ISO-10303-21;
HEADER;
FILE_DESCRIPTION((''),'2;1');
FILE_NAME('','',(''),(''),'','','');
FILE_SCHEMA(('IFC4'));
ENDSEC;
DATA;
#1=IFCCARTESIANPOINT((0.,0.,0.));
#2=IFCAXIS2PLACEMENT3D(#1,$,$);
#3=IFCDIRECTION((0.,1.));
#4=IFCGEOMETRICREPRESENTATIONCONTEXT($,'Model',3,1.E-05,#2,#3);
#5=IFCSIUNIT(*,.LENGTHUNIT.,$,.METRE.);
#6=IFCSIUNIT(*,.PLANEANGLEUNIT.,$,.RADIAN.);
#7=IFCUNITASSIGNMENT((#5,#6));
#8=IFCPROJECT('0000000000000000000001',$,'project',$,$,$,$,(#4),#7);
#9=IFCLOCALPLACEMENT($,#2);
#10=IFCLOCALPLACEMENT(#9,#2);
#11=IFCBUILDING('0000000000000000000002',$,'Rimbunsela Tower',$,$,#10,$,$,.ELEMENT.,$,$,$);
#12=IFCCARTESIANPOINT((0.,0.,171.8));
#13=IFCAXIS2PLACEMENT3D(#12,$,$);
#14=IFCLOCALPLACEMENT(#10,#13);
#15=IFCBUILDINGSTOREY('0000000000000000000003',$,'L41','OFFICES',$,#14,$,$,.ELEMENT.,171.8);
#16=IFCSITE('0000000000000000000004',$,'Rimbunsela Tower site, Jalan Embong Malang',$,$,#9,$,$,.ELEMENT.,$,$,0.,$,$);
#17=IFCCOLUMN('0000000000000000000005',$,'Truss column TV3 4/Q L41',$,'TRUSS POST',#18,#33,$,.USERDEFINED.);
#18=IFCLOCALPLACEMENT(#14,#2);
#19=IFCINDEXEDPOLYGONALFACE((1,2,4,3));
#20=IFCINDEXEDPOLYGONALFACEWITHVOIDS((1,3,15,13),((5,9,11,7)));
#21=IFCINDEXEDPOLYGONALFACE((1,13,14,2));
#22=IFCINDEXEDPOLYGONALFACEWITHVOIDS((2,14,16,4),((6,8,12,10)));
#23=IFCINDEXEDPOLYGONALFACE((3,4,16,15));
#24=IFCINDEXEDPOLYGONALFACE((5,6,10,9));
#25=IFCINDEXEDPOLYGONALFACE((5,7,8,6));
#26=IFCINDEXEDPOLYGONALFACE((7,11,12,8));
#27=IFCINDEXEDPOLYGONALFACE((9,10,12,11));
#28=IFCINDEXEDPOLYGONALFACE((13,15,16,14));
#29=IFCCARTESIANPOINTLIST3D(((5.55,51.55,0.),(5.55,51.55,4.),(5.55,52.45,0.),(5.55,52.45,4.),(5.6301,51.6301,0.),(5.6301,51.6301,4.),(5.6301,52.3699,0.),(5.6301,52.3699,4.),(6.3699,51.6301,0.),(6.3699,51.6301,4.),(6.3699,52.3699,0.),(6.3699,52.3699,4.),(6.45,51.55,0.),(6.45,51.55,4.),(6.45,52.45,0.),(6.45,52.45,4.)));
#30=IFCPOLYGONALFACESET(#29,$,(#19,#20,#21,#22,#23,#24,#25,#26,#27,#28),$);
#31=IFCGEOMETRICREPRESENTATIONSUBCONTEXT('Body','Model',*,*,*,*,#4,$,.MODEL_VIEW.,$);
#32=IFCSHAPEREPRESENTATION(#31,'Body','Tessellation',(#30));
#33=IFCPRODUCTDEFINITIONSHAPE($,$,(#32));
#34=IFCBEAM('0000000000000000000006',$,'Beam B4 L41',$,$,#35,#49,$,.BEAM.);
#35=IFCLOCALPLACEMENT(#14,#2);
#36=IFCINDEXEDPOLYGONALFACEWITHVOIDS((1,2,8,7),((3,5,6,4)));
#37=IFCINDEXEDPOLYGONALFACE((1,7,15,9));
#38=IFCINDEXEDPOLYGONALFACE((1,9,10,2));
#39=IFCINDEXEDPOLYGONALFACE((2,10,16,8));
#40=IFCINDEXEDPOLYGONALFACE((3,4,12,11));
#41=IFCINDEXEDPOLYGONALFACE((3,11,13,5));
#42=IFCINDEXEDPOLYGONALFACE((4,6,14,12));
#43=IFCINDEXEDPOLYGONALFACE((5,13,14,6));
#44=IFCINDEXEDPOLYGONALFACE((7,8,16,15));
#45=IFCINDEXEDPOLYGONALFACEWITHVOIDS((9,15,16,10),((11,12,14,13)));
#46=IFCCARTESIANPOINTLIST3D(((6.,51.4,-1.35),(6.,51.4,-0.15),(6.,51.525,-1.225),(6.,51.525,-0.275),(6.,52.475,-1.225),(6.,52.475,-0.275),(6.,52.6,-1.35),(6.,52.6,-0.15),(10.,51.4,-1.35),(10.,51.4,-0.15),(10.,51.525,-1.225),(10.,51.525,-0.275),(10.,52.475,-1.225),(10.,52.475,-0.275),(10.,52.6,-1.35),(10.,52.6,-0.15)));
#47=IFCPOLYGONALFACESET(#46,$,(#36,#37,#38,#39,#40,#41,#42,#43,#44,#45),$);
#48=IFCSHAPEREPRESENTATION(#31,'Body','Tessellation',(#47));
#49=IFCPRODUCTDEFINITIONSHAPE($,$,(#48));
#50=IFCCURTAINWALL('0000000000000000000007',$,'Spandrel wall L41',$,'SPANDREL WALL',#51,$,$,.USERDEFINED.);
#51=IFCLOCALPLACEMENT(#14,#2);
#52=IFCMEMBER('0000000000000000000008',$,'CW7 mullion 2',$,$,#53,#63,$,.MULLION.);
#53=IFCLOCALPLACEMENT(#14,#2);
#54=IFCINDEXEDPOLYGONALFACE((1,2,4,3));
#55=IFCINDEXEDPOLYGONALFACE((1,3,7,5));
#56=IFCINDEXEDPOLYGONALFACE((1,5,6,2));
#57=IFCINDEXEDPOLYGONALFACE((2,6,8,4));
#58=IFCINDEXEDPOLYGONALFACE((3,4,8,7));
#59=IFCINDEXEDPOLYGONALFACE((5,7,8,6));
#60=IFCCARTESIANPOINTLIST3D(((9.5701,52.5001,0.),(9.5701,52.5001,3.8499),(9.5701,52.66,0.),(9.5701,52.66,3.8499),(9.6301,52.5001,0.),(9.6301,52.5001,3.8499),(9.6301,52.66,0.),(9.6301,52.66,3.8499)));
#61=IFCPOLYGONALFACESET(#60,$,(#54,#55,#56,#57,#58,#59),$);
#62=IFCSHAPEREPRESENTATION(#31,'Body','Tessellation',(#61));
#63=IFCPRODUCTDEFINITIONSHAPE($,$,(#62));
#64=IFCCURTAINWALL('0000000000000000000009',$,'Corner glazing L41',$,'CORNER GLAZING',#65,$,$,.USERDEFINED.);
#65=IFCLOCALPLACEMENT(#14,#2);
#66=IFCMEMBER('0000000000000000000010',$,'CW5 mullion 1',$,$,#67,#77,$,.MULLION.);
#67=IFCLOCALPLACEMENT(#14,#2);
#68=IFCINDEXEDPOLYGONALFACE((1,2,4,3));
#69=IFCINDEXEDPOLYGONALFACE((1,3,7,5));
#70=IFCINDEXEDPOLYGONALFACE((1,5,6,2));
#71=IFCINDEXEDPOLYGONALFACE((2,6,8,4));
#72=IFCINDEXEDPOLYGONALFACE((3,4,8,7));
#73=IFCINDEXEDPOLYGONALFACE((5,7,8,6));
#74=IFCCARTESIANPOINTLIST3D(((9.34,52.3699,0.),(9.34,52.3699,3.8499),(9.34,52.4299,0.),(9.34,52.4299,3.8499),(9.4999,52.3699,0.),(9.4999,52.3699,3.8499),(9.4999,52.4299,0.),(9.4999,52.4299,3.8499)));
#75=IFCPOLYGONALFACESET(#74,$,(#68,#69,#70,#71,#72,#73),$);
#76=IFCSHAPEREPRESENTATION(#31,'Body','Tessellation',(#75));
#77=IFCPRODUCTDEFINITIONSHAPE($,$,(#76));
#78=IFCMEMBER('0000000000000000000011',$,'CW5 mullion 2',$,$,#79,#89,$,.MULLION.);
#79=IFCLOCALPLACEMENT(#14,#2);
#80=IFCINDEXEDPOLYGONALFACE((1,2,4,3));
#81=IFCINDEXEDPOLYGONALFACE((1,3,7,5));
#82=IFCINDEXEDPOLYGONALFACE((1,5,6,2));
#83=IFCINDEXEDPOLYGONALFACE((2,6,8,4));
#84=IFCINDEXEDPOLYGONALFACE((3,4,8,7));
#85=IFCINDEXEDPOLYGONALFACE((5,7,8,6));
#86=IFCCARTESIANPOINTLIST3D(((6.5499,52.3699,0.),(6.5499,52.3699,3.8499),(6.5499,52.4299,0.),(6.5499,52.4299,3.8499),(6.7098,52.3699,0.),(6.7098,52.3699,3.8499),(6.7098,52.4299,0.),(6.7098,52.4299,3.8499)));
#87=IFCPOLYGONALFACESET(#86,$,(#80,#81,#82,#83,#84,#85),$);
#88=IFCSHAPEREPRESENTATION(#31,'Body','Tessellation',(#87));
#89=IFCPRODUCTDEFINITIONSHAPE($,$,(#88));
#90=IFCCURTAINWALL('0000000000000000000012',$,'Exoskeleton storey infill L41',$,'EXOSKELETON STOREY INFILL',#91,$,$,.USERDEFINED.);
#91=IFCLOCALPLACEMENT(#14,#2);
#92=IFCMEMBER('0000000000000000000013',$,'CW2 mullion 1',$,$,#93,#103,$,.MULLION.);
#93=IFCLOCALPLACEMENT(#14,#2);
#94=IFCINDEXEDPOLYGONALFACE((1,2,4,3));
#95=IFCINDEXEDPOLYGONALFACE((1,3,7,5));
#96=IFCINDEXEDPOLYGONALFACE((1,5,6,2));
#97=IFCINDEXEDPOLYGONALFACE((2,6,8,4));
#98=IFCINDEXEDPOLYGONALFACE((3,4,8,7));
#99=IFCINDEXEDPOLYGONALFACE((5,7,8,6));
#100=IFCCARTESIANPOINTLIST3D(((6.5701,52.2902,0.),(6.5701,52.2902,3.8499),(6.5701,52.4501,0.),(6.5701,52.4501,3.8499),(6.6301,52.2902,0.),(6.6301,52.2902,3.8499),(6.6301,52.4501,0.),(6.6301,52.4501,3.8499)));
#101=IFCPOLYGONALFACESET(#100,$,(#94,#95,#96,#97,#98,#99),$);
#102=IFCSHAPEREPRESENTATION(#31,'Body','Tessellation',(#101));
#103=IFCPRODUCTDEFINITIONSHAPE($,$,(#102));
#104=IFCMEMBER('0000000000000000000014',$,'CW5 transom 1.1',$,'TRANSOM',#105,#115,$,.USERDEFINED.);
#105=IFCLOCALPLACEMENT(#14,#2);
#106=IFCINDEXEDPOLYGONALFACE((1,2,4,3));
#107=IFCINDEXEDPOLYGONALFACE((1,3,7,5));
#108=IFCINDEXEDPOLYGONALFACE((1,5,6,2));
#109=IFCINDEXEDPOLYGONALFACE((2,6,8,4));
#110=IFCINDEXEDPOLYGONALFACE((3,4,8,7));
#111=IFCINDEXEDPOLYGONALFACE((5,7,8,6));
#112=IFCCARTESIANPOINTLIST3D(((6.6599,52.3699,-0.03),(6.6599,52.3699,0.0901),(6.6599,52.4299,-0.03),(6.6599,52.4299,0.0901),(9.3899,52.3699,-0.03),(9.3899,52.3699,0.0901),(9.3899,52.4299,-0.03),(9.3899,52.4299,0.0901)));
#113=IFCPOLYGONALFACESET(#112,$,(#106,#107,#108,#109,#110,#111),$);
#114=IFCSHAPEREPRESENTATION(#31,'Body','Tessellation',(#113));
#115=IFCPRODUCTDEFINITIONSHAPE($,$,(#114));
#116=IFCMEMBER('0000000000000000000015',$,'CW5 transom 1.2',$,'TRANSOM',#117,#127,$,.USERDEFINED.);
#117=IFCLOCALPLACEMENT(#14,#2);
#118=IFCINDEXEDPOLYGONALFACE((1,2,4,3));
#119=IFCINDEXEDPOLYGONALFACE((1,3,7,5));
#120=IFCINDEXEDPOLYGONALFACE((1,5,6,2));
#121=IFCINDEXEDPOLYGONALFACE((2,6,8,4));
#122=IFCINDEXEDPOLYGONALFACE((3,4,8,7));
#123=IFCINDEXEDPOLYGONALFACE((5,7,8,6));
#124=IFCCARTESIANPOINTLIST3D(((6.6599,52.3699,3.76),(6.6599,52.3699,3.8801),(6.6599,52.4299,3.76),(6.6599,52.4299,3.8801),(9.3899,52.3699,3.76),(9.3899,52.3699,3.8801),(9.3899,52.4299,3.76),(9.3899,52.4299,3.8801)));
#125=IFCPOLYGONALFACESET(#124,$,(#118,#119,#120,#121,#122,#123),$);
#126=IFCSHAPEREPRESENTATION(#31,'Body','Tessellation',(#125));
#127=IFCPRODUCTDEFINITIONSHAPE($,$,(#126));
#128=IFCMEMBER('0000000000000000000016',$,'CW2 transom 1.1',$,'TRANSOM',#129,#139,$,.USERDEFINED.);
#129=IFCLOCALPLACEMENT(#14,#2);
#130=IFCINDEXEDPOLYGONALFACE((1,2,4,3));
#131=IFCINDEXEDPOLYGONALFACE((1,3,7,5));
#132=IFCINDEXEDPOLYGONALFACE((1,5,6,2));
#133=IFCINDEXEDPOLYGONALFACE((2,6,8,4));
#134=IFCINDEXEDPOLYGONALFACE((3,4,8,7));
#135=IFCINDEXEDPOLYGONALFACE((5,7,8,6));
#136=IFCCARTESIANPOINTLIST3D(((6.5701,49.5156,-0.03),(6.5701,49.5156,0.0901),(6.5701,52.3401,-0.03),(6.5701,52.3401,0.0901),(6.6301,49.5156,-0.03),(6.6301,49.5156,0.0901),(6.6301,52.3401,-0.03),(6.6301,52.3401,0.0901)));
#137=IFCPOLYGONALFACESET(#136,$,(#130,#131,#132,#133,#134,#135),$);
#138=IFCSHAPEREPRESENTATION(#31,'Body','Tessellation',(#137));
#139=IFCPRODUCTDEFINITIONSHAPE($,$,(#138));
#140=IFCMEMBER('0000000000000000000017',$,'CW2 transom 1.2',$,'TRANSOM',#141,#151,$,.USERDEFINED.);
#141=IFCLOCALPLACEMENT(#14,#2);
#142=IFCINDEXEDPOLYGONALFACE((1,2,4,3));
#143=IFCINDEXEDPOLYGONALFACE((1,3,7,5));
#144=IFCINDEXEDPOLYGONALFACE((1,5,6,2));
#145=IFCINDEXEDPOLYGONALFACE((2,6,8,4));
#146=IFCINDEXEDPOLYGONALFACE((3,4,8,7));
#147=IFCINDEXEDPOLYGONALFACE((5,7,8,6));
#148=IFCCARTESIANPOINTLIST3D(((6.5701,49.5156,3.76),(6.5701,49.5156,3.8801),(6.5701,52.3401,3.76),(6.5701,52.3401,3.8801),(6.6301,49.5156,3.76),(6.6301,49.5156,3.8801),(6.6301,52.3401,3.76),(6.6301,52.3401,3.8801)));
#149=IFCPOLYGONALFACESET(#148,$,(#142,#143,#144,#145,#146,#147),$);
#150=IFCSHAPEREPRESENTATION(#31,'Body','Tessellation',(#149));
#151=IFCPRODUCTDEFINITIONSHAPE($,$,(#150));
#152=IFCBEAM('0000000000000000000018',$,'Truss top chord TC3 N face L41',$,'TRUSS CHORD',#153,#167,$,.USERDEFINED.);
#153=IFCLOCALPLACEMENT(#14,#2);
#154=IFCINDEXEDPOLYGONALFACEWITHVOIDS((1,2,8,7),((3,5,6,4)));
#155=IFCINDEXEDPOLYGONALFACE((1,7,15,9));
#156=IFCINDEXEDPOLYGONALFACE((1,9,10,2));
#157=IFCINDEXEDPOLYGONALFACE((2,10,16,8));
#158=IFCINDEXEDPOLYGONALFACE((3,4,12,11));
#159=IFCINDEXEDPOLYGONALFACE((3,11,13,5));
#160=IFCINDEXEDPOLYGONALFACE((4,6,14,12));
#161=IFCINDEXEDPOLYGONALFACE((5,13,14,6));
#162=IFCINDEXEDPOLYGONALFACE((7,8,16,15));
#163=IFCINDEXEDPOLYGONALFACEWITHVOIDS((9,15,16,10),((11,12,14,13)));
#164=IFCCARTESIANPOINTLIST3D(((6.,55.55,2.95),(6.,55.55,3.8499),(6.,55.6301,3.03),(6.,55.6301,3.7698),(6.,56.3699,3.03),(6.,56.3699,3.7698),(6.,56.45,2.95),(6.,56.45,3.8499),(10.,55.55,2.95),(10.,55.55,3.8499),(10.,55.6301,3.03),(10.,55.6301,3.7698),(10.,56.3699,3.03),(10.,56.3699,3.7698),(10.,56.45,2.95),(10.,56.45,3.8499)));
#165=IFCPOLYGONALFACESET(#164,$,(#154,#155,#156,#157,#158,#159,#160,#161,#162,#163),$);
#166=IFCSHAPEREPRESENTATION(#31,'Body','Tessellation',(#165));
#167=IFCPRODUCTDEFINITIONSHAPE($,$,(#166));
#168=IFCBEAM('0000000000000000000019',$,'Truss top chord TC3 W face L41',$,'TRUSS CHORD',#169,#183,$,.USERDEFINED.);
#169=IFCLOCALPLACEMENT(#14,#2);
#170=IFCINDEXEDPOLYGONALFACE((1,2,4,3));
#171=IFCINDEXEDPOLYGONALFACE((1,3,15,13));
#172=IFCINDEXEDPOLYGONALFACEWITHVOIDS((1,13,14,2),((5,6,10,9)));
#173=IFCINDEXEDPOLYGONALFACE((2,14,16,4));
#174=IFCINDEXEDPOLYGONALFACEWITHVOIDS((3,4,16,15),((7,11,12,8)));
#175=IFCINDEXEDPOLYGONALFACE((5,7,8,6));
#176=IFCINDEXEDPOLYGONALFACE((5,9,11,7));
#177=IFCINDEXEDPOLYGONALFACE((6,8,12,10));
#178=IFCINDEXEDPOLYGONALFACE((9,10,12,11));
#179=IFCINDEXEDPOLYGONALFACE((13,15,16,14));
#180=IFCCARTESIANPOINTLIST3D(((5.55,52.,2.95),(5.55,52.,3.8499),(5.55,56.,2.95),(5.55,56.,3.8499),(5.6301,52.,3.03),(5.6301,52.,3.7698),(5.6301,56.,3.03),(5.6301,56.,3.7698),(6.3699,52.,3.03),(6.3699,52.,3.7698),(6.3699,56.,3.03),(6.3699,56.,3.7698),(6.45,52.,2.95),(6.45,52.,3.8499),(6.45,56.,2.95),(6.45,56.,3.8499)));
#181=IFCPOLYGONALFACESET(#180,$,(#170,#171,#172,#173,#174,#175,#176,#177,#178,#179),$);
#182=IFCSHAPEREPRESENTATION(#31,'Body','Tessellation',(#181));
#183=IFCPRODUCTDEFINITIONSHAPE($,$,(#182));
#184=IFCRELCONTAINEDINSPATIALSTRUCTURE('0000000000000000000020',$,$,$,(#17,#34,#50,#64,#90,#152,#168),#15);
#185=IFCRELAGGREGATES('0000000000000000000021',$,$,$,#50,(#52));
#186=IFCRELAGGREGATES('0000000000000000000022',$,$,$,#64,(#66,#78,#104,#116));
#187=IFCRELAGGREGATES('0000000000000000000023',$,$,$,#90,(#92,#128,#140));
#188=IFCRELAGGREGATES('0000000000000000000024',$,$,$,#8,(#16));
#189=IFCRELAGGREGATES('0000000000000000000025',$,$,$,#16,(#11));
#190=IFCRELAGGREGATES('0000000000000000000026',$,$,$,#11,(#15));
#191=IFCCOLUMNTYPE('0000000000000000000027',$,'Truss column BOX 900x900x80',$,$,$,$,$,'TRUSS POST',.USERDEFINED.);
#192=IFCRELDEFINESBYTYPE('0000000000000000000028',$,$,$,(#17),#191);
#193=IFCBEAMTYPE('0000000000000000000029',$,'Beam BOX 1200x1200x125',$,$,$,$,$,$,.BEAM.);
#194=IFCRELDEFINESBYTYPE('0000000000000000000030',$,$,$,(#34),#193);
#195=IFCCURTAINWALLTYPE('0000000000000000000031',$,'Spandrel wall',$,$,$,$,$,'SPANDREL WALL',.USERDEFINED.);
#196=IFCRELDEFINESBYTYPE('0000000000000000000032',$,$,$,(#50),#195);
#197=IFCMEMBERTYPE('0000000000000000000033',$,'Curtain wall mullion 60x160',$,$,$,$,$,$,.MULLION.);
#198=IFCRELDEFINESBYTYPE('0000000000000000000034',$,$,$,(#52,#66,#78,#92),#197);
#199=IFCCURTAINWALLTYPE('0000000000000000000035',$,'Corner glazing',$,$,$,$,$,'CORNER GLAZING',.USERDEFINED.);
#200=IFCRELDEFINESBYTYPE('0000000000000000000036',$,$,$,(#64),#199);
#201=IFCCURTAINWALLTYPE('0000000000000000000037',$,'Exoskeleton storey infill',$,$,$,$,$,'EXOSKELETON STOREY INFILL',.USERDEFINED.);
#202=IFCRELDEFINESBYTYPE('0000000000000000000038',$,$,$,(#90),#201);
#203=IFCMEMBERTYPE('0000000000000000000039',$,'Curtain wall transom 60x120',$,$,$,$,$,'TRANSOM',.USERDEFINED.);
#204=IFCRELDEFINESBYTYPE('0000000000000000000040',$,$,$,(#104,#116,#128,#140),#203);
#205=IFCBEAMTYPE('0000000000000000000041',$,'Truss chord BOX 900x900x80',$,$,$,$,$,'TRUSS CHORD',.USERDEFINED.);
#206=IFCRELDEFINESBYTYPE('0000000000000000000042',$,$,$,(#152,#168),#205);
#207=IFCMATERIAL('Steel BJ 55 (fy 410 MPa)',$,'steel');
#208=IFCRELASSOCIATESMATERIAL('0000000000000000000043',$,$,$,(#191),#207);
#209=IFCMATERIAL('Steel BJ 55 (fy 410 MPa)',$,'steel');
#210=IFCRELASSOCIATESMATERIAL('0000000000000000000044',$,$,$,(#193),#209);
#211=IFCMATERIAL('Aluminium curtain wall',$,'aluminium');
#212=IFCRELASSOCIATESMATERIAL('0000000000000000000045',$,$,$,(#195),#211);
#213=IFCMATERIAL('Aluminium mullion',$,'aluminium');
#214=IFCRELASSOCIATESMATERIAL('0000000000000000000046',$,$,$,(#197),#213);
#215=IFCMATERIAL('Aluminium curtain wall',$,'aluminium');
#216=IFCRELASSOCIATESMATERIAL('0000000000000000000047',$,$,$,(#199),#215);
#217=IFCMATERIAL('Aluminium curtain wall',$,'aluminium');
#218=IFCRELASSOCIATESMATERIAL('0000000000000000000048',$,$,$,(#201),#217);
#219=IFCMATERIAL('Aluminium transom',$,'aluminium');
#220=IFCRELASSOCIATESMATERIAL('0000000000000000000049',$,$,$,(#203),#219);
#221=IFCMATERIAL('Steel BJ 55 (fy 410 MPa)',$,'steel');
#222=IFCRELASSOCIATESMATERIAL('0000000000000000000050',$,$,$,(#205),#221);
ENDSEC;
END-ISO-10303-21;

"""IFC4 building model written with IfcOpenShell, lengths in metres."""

from ifc_helpers import new_model, si_unit, direction, frame, origin, origin_2d, place, context, subcontext, project, spatial, rectangle, hollow_rectangle, extrude, material, material_profile, profile_set, type_object, element, aggregate, save


model = new_model("IFC4")

# Units and contexts
model_context = context("Model", 3, precision=1e-05, world=origin(), true_north=direction((0.0, 1.0)))
body_context = subcontext(model_context, "Body", "Model", "MODEL_VIEW")
ifc_project = project(units=[si_unit("LENGTHUNIT", "METRE"), si_unit("PLANEANGLEUNIT", "RADIAN")], contexts=[model_context])

# Site, building, storey
site_placement = place(None, origin())
site = spatial("IfcSite", under=ifc_project, at=site_placement, Name="Rimbunsela Tower site, Jalan Embong Malang", CompositionType="ELEMENT", RefElevation=0.0)
building_placement = place(site_placement, origin())
building = spatial("IfcBuilding", under=site, at=building_placement, Name="Rimbunsela Tower", CompositionType="ELEMENT")
storey_placement = place(building_placement, frame((0.0, 0.0, 171.8)))
storey = spatial("IfcBuildingStorey", under=building, at=storey_placement, Name="L41", Description="OFFICES", CompositionType="ELEMENT", Elevation=171.8)

# Column
ifc_material_1 = material(Name="Steel BJ 55 (fy 410 MPa)", Category="steel")
ifc_material_profile_1 = material_profile(ifc_material_1, hollow_rectangle(XDim=0.8999, YDim=0.8999, WallThickness=0.0801, at=origin_2d()), Name="BOX 900x900x80")
ifc_profile_set_1 = profile_set([ifc_material_profile_1], Name="Steel BJ 55 (fy 410 MPa)")
column_type = type_object("IfcColumnType", Name="Truss column BOX 900x900x80", ElementType="TRUSS POST", PredefinedType="USERDEFINED", material=ifc_profile_set_1)
column_placement = place(storey_placement, frame((6.0, 52.0, 0.0), z_axis=(0.0, 0.0, 1.0), x_axis=(1.0, 0.0, 0.0)))
element("IfcColumn", 1, at=column_placement, inside=storey, type_object=column_type, Name="Truss column TV3 4/Q L41", ObjectType="TRUSS POST", PredefinedType="USERDEFINED", context=body_context, shape_type="SweptSolid", body=[
    extrude(hollow_rectangle(XDim=0.8999, YDim=0.8999, WallThickness=0.0801, at=origin_2d()), origin(), (0.0, 0.0, 1.0), 4.0),
])

# Beam
ifc_material_2 = material(Name="Steel BJ 55 (fy 410 MPa)", Category="steel")
ifc_material_profile_2 = material_profile(ifc_material_2, hollow_rectangle(XDim=1.2, YDim=1.2, WallThickness=0.125, at=origin_2d()), Name="BOX 1200x1200x125")
ifc_profile_set_2 = profile_set([ifc_material_profile_2], Name="Steel BJ 55 (fy 410 MPa)")
beam_type_1 = type_object("IfcBeamType", Name="Beam BOX 1200x1200x125", PredefinedType="BEAM", material=ifc_profile_set_2)
beam_placement = place(storey_placement, frame((6.0, 52.0, -0.75), z_axis=(1.0, 0.0, 0.0), x_axis=(0.0, 1.0, 0.0)))
element("IfcBeam", 2, at=beam_placement, inside=storey, type_object=beam_type_1, Name="Beam B4 L41", PredefinedType="BEAM", context=body_context, shape_type="SweptSolid", body=[
    extrude(hollow_rectangle(XDim=1.2, YDim=1.2, WallThickness=0.125, at=origin_2d()), origin(), (0.0, 0.0, 1.0), 4.0),
])

# Curtain wall, member
ifc_material_3 = material(Name="Aluminium curtain wall", Category="aluminium")
curtain_wall_type_1 = type_object("IfcCurtainWallType", Name="Spandrel wall", ElementType="SPANDREL WALL", PredefinedType="USERDEFINED", material=ifc_material_3)
curtain_wall_1_placement = place(storey_placement, origin())
curtain_wall_1 = element("IfcCurtainWall", 3, at=curtain_wall_1_placement, inside=storey, type_object=curtain_wall_type_1, Name="Spandrel wall L41", ObjectType="SPANDREL WALL", PredefinedType="USERDEFINED")
ifc_material_4 = material(Name="Aluminium mullion", Category="aluminium")
ifc_material_profile_3 = material_profile(ifc_material_4, rectangle(XDim=0.0601, YDim=0.1599, at=origin_2d()), Name="Mullion 60x160")
ifc_profile_set_3 = profile_set([ifc_material_profile_3], Name="Aluminium mullion")
member_type_1 = type_object("IfcMemberType", Name="Curtain wall mullion 60x160", PredefinedType="MULLION", material=ifc_profile_set_3)
member_1_placement = place(storey_placement, frame((9.6001, 52.5801, 0.0), z_axis=(0.0, 0.0, 1.0), x_axis=(1.0, 0.0, 0.0)))
member_1 = element("IfcMember", 4, at=member_1_placement, type_object=member_type_1, Name="CW7 mullion 2", PredefinedType="MULLION", context=body_context, shape_type="SweptSolid", body=[
    extrude(rectangle(XDim=0.0601, YDim=0.1599, at=origin_2d()), origin(), (0.0, 0.0, 1.0), 3.8499),
])
aggregate(curtain_wall_1, [member_1])

# Curtain wall, members
ifc_material_5 = material(Name="Aluminium curtain wall", Category="aluminium")
curtain_wall_type_2 = type_object("IfcCurtainWallType", Name="Corner glazing", ElementType="CORNER GLAZING", PredefinedType="USERDEFINED", material=ifc_material_5)
curtain_wall_2_placement = place(storey_placement, origin())
curtain_wall_2 = element("IfcCurtainWall", 5, at=curtain_wall_2_placement, inside=storey, type_object=curtain_wall_type_2, Name="Corner glazing L41", ObjectType="CORNER GLAZING", PredefinedType="USERDEFINED")
member_2_placement = place(storey_placement, frame((9.4199, 52.3999, 0.0), z_axis=(0.0, 0.0, 1.0), x_axis=(0.0, -1.0, 0.0)))
member_2 = element("IfcMember", 6, at=member_2_placement, type_object=member_type_1, Name="CW5 mullion 1", PredefinedType="MULLION", context=body_context, shape_type="SweptSolid", body=[
    extrude(rectangle(XDim=0.0601, YDim=0.1599, at=origin_2d()), origin(), (0.0, 0.0, 1.0), 3.8499),
])
member_3_placement = place(storey_placement, frame((6.6299, 52.3999, 0.0), z_axis=(0.0, 0.0, 1.0), x_axis=(0.0, -1.0, 0.0)))
member_3 = element("IfcMember", 7, at=member_3_placement, type_object=member_type_1, Name="CW5 mullion 2", PredefinedType="MULLION", context=body_context, shape_type="SweptSolid", body=[
    extrude(rectangle(XDim=0.0601, YDim=0.1599, at=origin_2d()), origin(), (0.0, 0.0, 1.0), 3.8499),
])

# Curtain wall, member
ifc_material_6 = material(Name="Aluminium curtain wall", Category="aluminium")
curtain_wall_type_3 = type_object("IfcCurtainWallType", Name="Exoskeleton storey infill", ElementType="EXOSKELETON STOREY INFILL", PredefinedType="USERDEFINED", material=ifc_material_6)
curtain_wall_3_placement = place(storey_placement, origin())
curtain_wall_3 = element("IfcCurtainWall", 8, at=curtain_wall_3_placement, inside=storey, type_object=curtain_wall_type_3, Name="Exoskeleton storey infill L41", ObjectType="EXOSKELETON STOREY INFILL", PredefinedType="USERDEFINED")
member_4_placement = place(storey_placement, frame((6.6001, 52.3701, 0.0), z_axis=(0.0, 0.0, 1.0), x_axis=(1.0, 0.0, 0.0)))
member_4 = element("IfcMember", 9, at=member_4_placement, type_object=member_type_1, Name="CW2 mullion 1", PredefinedType="MULLION", context=body_context, shape_type="SweptSolid", body=[
    extrude(rectangle(XDim=0.0601, YDim=0.1599, at=origin_2d()), origin(), (0.0, 0.0, 1.0), 3.8499),
])

# Members
ifc_material_7 = material(Name="Aluminium transom", Category="aluminium")
ifc_material_profile_4 = material_profile(ifc_material_7, rectangle(XDim=0.0601, YDim=0.1201, at=origin_2d()), Name="Transom 60x120")
ifc_profile_set_4 = profile_set([ifc_material_profile_4], Name="Aluminium transom")
member_type_2 = type_object("IfcMemberType", Name="Curtain wall transom 60x120", ElementType="TRANSOM", PredefinedType="USERDEFINED", material=ifc_profile_set_4)
member_5_placement = place(storey_placement, frame((9.3899, 52.3999, 0.03), z_axis=(-1.0, 0.0, 0.0), x_axis=(0.0, -1.0, 0.0)))
member_5 = element("IfcMember", 10, at=member_5_placement, type_object=member_type_2, Name="CW5 transom 1.1", ObjectType="TRANSOM", PredefinedType="USERDEFINED", context=body_context, shape_type="SweptSolid", body=[
    extrude(rectangle(XDim=0.0601, YDim=0.1201, at=origin_2d()), origin(), (0.0, 0.0, 1.0), 2.73),
])
member_6_placement = place(storey_placement, frame((9.3899, 52.3999, 3.8201), z_axis=(-1.0, 0.0, 0.0), x_axis=(0.0, -1.0, 0.0)))
member_6 = element("IfcMember", 11, at=member_6_placement, type_object=member_type_2, Name="CW5 transom 1.2", ObjectType="TRANSOM", PredefinedType="USERDEFINED", context=body_context, shape_type="SweptSolid", body=[
    extrude(rectangle(XDim=0.0601, YDim=0.1201, at=origin_2d()), origin(), (0.0, 0.0, 1.0), 2.73),
])
member_7_placement = place(storey_placement, frame((6.6001, 52.3401, 0.03), z_axis=(0.0, -1.0, 0.0), x_axis=(1.0, 0.0, 0.0)))
member_7 = element("IfcMember", 12, at=member_7_placement, type_object=member_type_2, Name="CW2 transom 1.1", ObjectType="TRANSOM", PredefinedType="USERDEFINED", context=body_context, shape_type="SweptSolid", body=[
    extrude(rectangle(XDim=0.0601, YDim=0.1201, at=origin_2d()), origin(), (0.0, 0.0, 1.0), 2.8245),
])
member_8_placement = place(storey_placement, frame((6.6001, 52.3401, 3.8201), z_axis=(0.0, -1.0, 0.0), x_axis=(1.0, 0.0, 0.0)))
member_8 = element("IfcMember", 13, at=member_8_placement, type_object=member_type_2, Name="CW2 transom 1.2", ObjectType="TRANSOM", PredefinedType="USERDEFINED", context=body_context, shape_type="SweptSolid", body=[
    extrude(rectangle(XDim=0.0601, YDim=0.1201, at=origin_2d()), origin(), (0.0, 0.0, 1.0), 2.8245),
])

# Beams
ifc_material_8 = material(Name="Steel BJ 55 (fy 410 MPa)", Category="steel")
ifc_material_profile_5 = material_profile(ifc_material_8, hollow_rectangle(XDim=0.8999, YDim=0.8999, WallThickness=0.0801, at=origin_2d()), Name="BOX 900x900x80")
ifc_profile_set_5 = profile_set([ifc_material_profile_5], Name="Steel BJ 55 (fy 410 MPa)")
beam_type_2 = type_object("IfcBeamType", Name="Truss chord BOX 900x900x80", ElementType="TRUSS CHORD", PredefinedType="USERDEFINED", material=ifc_profile_set_5)
for number, where, z_axis, x_axis, name in (
    (14, (6.0, 56.0, 3.3999), (1.0, 0.0, 0.0), (0.0, 1.0, 0.0), "Truss top chord TC3 N face L41"),
    (15, (6.0, 52.0, 3.3999), (0.0, 1.0, 0.0), (-1.0, 0.0, 0.0), "Truss top chord TC3 W face L41"),
):
    element("IfcBeam", number, at=place(storey_placement, frame(where, z_axis=z_axis, x_axis=x_axis)), inside=storey, type_object=beam_type_2, Name=name, ObjectType="TRUSS CHORD", PredefinedType="USERDEFINED", context=body_context, shape_type="SweptSolid", body=[
        extrude(hollow_rectangle(XDim=0.8999, YDim=0.8999, WallThickness=0.0801, at=origin_2d()), origin(), (0.0, 0.0, 1.0), 4.0),
    ])

aggregate(curtain_wall_2, [member_2, member_3, member_5, member_6])
aggregate(curtain_wall_3, [member_4, member_7, member_8])

save(model, "model.ifc")
